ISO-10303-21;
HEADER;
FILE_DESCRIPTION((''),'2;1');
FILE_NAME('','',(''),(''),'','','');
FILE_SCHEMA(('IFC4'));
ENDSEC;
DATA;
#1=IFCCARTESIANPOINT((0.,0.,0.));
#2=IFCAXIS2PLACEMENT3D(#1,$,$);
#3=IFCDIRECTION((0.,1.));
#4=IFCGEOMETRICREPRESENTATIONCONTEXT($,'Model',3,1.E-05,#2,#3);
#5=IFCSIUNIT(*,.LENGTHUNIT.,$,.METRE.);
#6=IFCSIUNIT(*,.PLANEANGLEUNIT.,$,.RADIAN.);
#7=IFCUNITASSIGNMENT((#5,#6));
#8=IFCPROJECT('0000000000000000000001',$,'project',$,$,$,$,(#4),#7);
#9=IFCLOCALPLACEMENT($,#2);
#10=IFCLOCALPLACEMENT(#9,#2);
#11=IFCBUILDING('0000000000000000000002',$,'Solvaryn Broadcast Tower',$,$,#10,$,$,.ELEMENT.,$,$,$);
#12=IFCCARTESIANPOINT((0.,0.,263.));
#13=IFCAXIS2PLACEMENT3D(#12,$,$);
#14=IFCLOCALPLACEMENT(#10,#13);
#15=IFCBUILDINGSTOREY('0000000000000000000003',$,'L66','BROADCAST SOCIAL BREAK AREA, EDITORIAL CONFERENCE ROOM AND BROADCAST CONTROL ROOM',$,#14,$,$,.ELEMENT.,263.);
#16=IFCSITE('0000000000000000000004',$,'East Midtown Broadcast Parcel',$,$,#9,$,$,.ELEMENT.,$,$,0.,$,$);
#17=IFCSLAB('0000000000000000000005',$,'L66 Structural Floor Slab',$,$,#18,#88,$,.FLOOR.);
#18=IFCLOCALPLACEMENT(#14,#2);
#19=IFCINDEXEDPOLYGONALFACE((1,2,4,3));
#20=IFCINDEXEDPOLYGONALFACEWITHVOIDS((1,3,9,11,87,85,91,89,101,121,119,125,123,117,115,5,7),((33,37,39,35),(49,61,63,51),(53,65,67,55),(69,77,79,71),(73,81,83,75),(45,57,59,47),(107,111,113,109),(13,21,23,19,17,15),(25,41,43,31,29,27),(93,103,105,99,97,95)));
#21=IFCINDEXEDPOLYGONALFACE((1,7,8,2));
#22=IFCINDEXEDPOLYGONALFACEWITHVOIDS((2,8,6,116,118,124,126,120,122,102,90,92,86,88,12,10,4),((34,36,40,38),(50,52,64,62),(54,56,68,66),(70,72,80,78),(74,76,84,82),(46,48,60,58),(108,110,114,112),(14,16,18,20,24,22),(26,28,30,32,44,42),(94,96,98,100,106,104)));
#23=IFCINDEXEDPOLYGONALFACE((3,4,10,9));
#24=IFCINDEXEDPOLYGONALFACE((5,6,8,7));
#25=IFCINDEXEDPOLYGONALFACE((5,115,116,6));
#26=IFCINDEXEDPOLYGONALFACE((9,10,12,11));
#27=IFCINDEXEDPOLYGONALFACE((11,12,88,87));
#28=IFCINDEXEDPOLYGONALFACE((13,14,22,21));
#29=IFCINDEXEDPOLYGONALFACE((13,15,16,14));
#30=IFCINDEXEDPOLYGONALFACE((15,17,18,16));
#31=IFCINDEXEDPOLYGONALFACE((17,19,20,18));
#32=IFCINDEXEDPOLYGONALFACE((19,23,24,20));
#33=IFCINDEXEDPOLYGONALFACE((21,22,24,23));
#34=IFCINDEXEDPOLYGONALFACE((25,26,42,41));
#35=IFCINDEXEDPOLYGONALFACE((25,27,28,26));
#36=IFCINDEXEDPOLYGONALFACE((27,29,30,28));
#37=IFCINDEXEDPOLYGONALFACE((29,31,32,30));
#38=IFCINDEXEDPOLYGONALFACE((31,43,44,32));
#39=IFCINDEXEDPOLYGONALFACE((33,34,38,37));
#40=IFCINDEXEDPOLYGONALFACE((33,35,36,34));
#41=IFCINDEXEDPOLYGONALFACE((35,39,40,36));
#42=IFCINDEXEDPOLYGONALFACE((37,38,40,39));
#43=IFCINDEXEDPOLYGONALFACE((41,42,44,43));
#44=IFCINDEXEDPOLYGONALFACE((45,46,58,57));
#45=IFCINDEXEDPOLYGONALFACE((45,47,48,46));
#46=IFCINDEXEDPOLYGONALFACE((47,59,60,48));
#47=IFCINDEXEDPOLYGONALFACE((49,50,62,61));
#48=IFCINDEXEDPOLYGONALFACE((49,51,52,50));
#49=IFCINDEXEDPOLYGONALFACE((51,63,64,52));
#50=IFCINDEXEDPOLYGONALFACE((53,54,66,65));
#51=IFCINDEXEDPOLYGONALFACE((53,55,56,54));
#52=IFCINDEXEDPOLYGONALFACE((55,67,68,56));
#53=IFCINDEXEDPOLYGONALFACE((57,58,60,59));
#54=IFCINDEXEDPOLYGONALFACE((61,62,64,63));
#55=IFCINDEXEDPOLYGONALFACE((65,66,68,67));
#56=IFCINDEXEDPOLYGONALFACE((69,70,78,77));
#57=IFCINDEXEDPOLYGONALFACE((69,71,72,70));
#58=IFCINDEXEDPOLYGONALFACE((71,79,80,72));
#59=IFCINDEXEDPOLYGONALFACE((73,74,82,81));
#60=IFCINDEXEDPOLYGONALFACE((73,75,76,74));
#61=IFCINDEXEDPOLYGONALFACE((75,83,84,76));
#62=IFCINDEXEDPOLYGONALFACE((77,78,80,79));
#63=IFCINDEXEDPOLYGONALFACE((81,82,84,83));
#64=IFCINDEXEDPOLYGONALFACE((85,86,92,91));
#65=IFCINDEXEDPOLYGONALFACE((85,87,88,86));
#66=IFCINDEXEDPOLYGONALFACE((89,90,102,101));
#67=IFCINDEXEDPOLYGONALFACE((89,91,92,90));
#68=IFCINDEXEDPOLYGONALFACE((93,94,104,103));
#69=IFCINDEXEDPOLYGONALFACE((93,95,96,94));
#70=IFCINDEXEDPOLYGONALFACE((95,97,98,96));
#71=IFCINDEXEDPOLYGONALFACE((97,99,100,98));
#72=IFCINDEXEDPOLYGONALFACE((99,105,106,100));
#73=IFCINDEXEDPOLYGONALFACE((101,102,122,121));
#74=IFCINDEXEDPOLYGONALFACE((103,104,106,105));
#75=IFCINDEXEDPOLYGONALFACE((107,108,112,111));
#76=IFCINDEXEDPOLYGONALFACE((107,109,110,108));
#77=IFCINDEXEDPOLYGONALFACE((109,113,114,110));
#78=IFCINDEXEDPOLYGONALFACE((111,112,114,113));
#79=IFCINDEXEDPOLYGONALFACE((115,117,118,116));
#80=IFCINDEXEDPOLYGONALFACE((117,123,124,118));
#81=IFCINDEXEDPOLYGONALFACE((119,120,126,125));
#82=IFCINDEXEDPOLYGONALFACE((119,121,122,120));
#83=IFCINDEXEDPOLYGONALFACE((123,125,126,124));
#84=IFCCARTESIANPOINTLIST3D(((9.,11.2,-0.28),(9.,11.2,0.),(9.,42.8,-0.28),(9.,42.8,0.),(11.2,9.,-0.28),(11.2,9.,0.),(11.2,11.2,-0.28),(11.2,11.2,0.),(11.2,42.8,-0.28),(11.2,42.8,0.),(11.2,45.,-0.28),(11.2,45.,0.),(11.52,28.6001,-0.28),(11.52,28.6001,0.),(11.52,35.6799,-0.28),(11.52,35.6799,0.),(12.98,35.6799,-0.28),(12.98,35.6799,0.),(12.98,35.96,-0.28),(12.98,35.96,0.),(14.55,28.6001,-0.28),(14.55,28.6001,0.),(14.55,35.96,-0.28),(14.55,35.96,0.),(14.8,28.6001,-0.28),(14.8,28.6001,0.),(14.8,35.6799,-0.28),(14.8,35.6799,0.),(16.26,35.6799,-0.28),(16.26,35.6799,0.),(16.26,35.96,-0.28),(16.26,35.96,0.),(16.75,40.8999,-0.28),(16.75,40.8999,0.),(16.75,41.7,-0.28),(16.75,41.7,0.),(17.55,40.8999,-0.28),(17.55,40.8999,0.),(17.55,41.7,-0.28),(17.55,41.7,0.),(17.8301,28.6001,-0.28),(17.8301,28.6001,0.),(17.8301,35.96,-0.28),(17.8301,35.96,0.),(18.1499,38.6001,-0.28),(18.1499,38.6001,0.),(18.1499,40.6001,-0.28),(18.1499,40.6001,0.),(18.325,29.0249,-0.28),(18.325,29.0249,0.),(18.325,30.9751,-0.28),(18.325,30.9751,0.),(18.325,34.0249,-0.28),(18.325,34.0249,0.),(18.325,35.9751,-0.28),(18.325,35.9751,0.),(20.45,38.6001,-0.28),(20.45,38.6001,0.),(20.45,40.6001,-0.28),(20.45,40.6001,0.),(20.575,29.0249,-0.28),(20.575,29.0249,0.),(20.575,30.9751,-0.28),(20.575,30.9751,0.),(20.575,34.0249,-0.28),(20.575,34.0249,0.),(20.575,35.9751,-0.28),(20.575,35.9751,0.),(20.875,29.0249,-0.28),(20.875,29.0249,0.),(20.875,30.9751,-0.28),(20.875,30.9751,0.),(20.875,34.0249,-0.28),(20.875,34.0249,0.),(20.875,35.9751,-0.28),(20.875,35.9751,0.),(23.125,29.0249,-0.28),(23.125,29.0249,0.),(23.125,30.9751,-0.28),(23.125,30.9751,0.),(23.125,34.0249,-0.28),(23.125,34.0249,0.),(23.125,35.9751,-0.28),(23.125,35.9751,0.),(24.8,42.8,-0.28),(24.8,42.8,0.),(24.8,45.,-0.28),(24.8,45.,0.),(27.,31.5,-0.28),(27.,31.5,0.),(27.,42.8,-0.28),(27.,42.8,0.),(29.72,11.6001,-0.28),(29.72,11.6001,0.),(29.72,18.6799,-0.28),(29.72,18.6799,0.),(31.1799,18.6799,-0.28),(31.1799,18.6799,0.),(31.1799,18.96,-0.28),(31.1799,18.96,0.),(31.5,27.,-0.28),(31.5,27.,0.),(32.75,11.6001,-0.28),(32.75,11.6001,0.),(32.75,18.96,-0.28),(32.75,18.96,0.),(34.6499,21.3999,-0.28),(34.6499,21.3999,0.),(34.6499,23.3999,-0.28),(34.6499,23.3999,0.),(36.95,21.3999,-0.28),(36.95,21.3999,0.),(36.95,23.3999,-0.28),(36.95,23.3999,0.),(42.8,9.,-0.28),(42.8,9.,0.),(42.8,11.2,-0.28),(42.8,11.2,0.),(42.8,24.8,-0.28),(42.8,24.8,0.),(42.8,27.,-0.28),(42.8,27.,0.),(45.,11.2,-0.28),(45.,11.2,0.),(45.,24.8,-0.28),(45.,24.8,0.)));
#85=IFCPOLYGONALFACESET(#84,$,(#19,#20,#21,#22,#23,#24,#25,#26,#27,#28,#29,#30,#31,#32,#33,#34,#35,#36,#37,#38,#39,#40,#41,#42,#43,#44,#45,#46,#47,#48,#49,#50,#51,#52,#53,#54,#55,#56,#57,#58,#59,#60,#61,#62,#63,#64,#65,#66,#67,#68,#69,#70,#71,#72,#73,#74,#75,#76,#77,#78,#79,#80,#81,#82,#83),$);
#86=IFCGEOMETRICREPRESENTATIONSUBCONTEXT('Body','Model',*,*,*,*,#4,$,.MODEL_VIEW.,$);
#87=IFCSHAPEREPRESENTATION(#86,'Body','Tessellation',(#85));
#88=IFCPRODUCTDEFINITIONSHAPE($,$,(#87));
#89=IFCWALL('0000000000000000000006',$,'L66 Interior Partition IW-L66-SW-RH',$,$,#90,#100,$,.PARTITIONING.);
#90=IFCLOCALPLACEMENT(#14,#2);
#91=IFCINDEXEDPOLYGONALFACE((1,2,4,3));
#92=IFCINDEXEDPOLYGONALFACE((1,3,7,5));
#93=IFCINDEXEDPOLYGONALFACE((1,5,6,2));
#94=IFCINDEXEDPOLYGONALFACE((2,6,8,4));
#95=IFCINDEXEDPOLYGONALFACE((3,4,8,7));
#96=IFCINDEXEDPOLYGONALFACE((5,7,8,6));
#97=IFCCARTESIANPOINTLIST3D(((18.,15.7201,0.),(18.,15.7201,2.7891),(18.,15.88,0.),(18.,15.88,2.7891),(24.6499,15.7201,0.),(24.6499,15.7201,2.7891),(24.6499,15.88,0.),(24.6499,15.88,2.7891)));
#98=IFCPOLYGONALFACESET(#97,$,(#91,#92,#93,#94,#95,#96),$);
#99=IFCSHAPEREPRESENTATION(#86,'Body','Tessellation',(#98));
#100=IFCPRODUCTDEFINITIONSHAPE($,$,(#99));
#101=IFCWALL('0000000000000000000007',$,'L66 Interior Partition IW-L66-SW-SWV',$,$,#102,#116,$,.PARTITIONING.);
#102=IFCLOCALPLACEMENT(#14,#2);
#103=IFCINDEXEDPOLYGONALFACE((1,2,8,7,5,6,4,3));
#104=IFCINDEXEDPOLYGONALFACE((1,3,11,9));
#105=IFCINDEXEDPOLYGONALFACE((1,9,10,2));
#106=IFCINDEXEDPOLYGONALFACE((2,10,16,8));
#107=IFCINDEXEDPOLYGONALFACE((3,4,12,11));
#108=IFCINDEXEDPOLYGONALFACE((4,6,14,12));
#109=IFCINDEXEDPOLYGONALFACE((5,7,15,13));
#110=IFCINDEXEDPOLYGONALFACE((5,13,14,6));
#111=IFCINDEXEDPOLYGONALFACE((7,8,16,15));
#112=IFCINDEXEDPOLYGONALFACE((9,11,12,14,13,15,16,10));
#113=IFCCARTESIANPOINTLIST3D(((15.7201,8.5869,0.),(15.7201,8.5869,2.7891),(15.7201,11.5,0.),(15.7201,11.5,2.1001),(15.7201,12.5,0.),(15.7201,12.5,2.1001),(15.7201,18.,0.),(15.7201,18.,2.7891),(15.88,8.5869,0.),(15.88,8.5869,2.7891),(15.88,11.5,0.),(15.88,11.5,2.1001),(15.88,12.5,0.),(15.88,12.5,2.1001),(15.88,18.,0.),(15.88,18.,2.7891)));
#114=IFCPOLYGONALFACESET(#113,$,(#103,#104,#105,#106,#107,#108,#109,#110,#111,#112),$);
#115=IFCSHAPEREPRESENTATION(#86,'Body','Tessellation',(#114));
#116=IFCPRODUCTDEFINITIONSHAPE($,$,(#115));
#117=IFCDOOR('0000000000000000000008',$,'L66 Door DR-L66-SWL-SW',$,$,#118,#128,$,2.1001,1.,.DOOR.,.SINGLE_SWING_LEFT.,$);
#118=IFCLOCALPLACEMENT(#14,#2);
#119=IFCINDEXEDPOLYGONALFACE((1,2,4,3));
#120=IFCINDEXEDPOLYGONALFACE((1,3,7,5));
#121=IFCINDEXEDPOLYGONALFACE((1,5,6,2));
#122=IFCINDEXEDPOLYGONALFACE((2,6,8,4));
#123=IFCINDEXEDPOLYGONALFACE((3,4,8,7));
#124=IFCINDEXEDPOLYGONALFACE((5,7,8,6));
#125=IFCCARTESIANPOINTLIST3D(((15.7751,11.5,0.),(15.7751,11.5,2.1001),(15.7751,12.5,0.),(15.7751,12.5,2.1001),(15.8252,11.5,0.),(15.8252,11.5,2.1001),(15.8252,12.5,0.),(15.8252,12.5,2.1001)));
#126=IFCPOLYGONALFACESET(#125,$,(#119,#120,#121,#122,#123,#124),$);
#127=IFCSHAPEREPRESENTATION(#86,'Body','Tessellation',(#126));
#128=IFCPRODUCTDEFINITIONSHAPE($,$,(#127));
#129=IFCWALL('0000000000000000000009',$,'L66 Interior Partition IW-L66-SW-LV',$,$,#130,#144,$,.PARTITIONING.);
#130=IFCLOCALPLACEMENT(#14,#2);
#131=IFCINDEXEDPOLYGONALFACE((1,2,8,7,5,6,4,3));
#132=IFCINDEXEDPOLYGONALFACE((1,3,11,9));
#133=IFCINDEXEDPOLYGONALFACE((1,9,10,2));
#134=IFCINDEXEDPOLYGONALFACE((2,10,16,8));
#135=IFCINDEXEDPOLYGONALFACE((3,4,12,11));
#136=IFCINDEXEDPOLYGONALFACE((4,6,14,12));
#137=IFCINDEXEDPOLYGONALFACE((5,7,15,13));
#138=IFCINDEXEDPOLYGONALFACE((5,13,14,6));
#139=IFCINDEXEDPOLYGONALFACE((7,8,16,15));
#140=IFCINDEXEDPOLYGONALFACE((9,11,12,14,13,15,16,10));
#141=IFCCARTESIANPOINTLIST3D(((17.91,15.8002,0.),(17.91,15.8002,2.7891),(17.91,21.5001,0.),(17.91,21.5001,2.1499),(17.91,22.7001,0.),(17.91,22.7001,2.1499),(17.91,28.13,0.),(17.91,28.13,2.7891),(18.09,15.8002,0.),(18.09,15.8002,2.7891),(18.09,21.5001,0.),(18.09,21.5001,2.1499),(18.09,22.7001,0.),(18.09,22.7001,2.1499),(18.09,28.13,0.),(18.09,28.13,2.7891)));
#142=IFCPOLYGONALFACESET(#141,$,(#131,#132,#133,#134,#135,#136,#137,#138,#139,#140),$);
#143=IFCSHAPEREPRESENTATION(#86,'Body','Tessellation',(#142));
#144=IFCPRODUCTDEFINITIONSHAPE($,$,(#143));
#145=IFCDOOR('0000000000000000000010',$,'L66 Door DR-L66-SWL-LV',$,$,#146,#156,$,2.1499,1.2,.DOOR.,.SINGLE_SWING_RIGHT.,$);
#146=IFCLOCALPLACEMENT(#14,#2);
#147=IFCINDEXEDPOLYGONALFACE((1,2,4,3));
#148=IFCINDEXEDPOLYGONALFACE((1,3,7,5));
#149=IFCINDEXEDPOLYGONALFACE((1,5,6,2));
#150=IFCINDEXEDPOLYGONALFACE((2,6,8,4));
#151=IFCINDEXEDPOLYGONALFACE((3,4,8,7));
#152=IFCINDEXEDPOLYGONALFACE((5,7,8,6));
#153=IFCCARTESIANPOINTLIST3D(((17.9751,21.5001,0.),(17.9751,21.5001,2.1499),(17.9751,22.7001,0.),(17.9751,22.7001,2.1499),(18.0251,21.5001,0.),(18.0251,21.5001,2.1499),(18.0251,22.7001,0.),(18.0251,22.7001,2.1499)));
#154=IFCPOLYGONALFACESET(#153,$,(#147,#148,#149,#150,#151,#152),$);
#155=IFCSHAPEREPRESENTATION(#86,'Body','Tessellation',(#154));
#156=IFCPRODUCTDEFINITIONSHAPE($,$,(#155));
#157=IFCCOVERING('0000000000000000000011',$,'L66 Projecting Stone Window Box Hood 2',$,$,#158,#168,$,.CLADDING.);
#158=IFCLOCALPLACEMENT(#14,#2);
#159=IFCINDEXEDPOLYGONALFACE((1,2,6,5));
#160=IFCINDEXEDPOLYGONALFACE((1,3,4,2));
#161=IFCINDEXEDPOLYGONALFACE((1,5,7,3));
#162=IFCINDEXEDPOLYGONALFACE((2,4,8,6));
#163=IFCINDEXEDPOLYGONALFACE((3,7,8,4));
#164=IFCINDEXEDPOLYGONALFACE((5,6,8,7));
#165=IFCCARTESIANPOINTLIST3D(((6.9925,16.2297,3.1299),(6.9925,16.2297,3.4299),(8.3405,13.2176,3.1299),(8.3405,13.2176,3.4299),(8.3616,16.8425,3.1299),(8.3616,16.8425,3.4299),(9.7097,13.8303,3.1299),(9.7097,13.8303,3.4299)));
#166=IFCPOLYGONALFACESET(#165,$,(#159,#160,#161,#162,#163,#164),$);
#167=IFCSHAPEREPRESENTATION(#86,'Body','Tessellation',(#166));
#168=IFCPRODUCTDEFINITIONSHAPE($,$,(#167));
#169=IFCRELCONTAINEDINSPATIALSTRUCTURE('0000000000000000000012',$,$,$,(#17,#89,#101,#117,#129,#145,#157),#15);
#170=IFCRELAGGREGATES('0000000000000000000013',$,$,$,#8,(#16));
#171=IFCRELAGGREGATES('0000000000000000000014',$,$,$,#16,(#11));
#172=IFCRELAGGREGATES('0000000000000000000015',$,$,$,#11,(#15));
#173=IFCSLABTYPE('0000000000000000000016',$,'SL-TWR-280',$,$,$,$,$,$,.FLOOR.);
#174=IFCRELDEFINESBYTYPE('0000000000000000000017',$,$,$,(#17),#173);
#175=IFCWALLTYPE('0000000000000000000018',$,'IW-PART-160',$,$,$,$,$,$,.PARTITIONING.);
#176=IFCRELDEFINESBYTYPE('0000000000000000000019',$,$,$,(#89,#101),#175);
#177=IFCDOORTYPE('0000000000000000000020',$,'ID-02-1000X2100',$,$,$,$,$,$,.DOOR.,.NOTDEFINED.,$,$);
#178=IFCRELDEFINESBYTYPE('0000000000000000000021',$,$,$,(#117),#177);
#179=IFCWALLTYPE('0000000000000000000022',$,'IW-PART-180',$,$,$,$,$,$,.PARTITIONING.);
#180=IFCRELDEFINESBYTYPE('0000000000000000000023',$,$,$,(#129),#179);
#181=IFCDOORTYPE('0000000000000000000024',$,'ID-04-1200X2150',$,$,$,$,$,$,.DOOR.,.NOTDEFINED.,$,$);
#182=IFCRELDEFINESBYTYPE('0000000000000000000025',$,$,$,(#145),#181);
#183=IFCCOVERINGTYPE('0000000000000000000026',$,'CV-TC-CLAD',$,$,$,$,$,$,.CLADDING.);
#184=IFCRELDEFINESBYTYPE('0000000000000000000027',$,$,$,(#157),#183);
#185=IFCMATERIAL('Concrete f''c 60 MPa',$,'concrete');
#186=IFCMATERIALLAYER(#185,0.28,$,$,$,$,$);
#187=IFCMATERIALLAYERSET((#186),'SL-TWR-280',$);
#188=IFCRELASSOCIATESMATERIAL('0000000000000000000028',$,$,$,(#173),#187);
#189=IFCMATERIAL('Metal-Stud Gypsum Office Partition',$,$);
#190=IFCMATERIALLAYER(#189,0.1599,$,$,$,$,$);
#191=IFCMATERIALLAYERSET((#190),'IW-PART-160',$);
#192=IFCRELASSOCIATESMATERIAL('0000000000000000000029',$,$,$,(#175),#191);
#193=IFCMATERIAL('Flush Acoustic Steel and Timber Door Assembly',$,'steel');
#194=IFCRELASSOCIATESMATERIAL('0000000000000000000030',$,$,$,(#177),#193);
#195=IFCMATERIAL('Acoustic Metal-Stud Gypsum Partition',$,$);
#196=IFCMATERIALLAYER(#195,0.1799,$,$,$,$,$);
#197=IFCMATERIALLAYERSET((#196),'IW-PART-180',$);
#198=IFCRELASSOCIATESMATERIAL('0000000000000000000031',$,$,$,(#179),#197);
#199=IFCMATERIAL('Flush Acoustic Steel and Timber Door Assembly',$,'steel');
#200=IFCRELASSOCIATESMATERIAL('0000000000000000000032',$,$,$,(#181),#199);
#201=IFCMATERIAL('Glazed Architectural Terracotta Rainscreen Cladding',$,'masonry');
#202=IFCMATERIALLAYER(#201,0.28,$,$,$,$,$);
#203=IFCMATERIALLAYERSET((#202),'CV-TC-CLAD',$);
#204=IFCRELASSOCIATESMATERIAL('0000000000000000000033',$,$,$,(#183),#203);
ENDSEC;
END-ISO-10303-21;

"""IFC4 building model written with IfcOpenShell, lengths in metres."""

from ifc_helpers import new_model, si_unit, direction, frame, frame_2d, origin, origin_2d, place, context, subcontext, project, spatial, polyline, rectangle, outline, extrude, material, layer, layer_set, type_object, element, fill, save


model = new_model("IFC4")

# Units and contexts
model_context = context("Model", 3, precision=1e-05, world=origin(), true_north=direction((0.0, 1.0)))
body_context = subcontext(model_context, "Body", "Model", "MODEL_VIEW")
ifc_project = project(units=[si_unit("LENGTHUNIT", "METRE"), si_unit("PLANEANGLEUNIT", "RADIAN")], contexts=[model_context])

# Site, building, storey
site_placement = place(None, origin())
site = spatial("IfcSite", under=ifc_project, at=site_placement, Name="East Midtown Broadcast Parcel", CompositionType="ELEMENT", RefElevation=0.0)
building_placement = place(site_placement, origin())
building = spatial("IfcBuilding", under=site, at=building_placement, Name="Solvaryn Broadcast Tower", CompositionType="ELEMENT")
storey_placement = place(building_placement, frame((0.0, 0.0, 263.0)))
storey = spatial("IfcBuildingStorey", under=building, at=storey_placement, Name="L66", Description="BROADCAST SOCIAL BREAK AREA, EDITORIAL CONFERENCE ROOM AND BROADCAST CONTROL ROOM", CompositionType="ELEMENT", Elevation=263.0)

# Slab
ifc_material_1 = material(Name="Concrete f'c 60 MPa", Category="concrete")
ifc_layer_1 = layer(ifc_material_1, 0.28)
ifc_layer_set_1 = layer_set([ifc_layer_1], Name="SL-TWR-280")
slab_type_1 = type_object("IfcSlabType", Name="SL-TWR-280", PredefinedType="FLOOR", material=ifc_layer_set_1)
slab_1_placement = place(storey_placement, frame((0.0, 0.0, -0.28)))
element("IfcSlab", 1, at=slab_1_placement, inside=storey, type_object=slab_type_1, Name="L66 Structural Floor Slab", PredefinedType="FLOOR", context=body_context, shape_type="SweptSolid", body=[
    extrude(outline(polyline([(11.2, 9.0), (42.8, 9.0), (42.8, 11.2), (45.0, 11.2), (45.0, 24.8), (42.8, 24.8), (42.8, 27.0), (31.5, 27.0), (27.0, 31.5), (27.0, 42.8), (24.8, 42.8), (24.8, 45.0), (11.2, 45.0), (11.2, 42.8), (9.0, 42.8), (9.0, 11.2), (11.2, 11.2), (11.2, 9.0)]), holes=[polyline([(11.52, 28.6001), (14.55, 28.6001), (14.55, 35.96), (12.98, 35.96), (12.98, 35.6799), (11.52, 35.6799), (11.52, 28.6001)]), polyline([(14.8, 28.6001), (17.8301, 28.6001), (17.8301, 35.96), (16.26, 35.96), (16.26, 35.6799), (14.8, 35.6799), (14.8, 28.6001)]), polyline([(29.72, 11.6001), (32.75, 11.6001), (32.75, 18.96), (31.1799, 18.96), (31.1799, 18.6799), (29.72, 18.6799), (29.72, 11.6001)]), polyline([(18.1499, 38.6001), (20.45, 38.6001), (20.45, 40.6001), (18.1499, 40.6001), (18.1499, 38.6001)]), polyline([(18.325, 29.0249), (20.575, 29.0249), (20.575, 30.9751), (18.325, 30.9751), (18.325, 29.0249)]), polyline([(20.875, 29.0249), (23.125, 29.0249), (23.125, 30.9751), (20.875, 30.9751), (20.875, 29.0249)]), polyline([(18.325, 34.0249), (20.575, 34.0249), (20.575, 35.9751), (18.325, 35.9751), (18.325, 34.0249)]), polyline([(20.875, 34.0249), (23.125, 34.0249), (23.125, 35.9751), (20.875, 35.9751), (20.875, 34.0249)]), polyline([(34.6499, 21.3999), (36.95, 21.3999), (36.95, 23.3999), (34.6499, 23.3999), (34.6499, 21.3999)]), polyline([(16.75, 40.8999), (17.55, 40.8999), (17.55, 41.7), (16.75, 41.7), (16.75, 40.8999)])]), origin(), (0.0, 0.0, 1.0), 0.28),
])

# Wall
ifc_material_2 = material(Name="Metal-Stud Gypsum Office Partition")
ifc_layer_2 = layer(ifc_material_2, 0.1599)
ifc_layer_set_2 = layer_set([ifc_layer_2], Name="IW-PART-160")
wall_type_1 = type_object("IfcWallType", Name="IW-PART-160", PredefinedType="PARTITIONING", material=ifc_layer_set_2)
wall_1_placement = place(storey_placement, frame((18.0, 15.8, 0.0), z_axis=(0.0, 0.0, 1.0), x_axis=(1.0, 0.0, 0.0)))
element("IfcWall", 2, at=wall_1_placement, inside=storey, type_object=wall_type_1, Name="L66 Interior Partition IW-L66-SW-RH", PredefinedType="PARTITIONING", context=body_context, shape_type="SweptSolid", body=[
    extrude(rectangle(XDim=6.6499, YDim=0.1599, at=frame_2d((3.325, 0.0))), origin(), (0.0, 0.0, 1.0), 2.7891),
])

# Walls, openings, doors
wall_2_placement = place(storey_placement, frame((15.8, 8.5869, 0.0), z_axis=(0.0, 0.0, 1.0), x_axis=(0.0, 1.0, 0.0)))
wall_2 = element("IfcWall", 3, at=wall_2_placement, inside=storey, type_object=wall_type_1, Name="L66 Interior Partition IW-L66-SW-SWV", PredefinedType="PARTITIONING", context=body_context, shape_type="SweptSolid", body=[
    extrude(rectangle(XDim=9.4131, YDim=0.1599, at=frame_2d((4.7065, 0.0))), origin(), (0.0, 0.0, 1.0), 2.7891),
])
opening_1_placement = place(wall_2_placement, frame((2.9131, 0.0, 0.0)))
opening_1 = element("IfcOpeningElement", 4, at=opening_1_placement, cuts=wall_2, PredefinedType="OPENING", context=body_context, shape_type="SweptSolid", body=[
    extrude(rectangle(XDim=1.0, YDim=2.1001, at=frame_2d((0.5, 1.05))), frame((0.0, 0.0901, 0.0), z_axis=(0.0, -1.0, 0.0), x_axis=(1.0, 0.0, 0.0)), (0.0, 0.0, 1.0), 0.1799),
])
ifc_material_3 = material(Name="Flush Acoustic Steel and Timber Door Assembly", Category="steel")
door_type_1 = type_object("IfcDoorType", Name="ID-02-1000X2100", OperationType="NOTDEFINED", PredefinedType="DOOR", material=ifc_material_3)
door_1_placement = place(opening_1_placement, origin())
door_1 = element("IfcDoor", 5, at=door_1_placement, inside=storey, type_object=door_type_1, Name="L66 Door DR-L66-SWL-SW", OperationType="SINGLE_SWING_LEFT", OverallHeight=2.1001, OverallWidth=1.0, PredefinedType="DOOR", context=body_context, shape_type="SweptSolid", body=[
    extrude(rectangle(XDim=1.0, YDim=2.1001, at=frame_2d((0.5, 1.05))), frame((0.0, 0.0249, 0.0), z_axis=(0.0, -1.0, 0.0), x_axis=(1.0, 0.0, 0.0)), (0.0, 0.0, 1.0), 0.05),
])
fill(opening_1, door_1)
ifc_material_4 = material(Name="Acoustic Metal-Stud Gypsum Partition")
ifc_layer_3 = layer(ifc_material_4, 0.1799)
ifc_layer_set_3 = layer_set([ifc_layer_3], Name="IW-PART-180")
wall_type_2 = type_object("IfcWallType", Name="IW-PART-180", PredefinedType="PARTITIONING", material=ifc_layer_set_3)
wall_3_placement = place(storey_placement, frame((18.0, 15.8, 0.0), z_axis=(0.0, 0.0, 1.0), x_axis=(0.0, 1.0, 0.0)))
wall_3 = element("IfcWall", 6, at=wall_3_placement, inside=storey, type_object=wall_type_2, Name="L66 Interior Partition IW-L66-SW-LV", PredefinedType="PARTITIONING", context=body_context, shape_type="SweptSolid", body=[
    extrude(rectangle(XDim=12.3298, YDim=0.1799, at=frame_2d((6.165, 0.0))), origin(), (0.0, 0.0, 1.0), 2.7891),
])
opening_2_placement = place(wall_3_placement, frame((5.7, 0.0, 0.0)))
opening_2 = element("IfcOpeningElement", 7, at=opening_2_placement, cuts=wall_3, PredefinedType="OPENING", context=body_context, shape_type="SweptSolid", body=[
    extrude(rectangle(XDim=1.2, YDim=2.1499, at=frame_2d((0.6001, 1.075))), frame((0.0, 0.0999, 0.0), z_axis=(0.0, -1.0, 0.0), x_axis=(1.0, 0.0, 0.0)), (0.0, 0.0, 1.0), 0.2),
])
ifc_material_5 = material(Name="Flush Acoustic Steel and Timber Door Assembly", Category="steel")
door_type_2 = type_object("IfcDoorType", Name="ID-04-1200X2150", OperationType="NOTDEFINED", PredefinedType="DOOR", material=ifc_material_5)
door_2_placement = place(opening_2_placement, origin())
door_2 = element("IfcDoor", 8, at=door_2_placement, inside=storey, type_object=door_type_2, Name="L66 Door DR-L66-SWL-LV", OperationType="SINGLE_SWING_RIGHT", OverallHeight=2.1499, OverallWidth=1.2, PredefinedType="DOOR", context=body_context, shape_type="SweptSolid", body=[
    extrude(rectangle(XDim=1.2, YDim=2.1499, at=frame_2d((0.6001, 1.075))), frame((0.0, 0.0249, 0.0), z_axis=(0.0, -1.0, 0.0), x_axis=(1.0, 0.0, 0.0)), (0.0, 0.0, 1.0), 0.05),
])
fill(opening_2, door_2)

# Covering
ifc_material_6 = material(Name="Glazed Architectural Terracotta Rainscreen Cladding", Category="masonry")
ifc_layer_4 = layer(ifc_material_6, 0.28)
ifc_layer_set_4 = layer_set([ifc_layer_4], Name="CV-TC-CLAD")
covering_type_1 = type_object("IfcCoveringType", Name="CV-TC-CLAD", PredefinedType="CLADDING", material=ifc_layer_set_4)
for number, where, z_axis, x_axis, name in (
    (9, (8.3511, 15.03, 3.1299), (0.0, 0.0, 1.0), (0.40849, -0.912763, 0.0), "L66 Projecting Stone Window Box Hood 2"),
):
    element("IfcCovering", number, at=place(storey_placement, frame(where, z_axis=z_axis, x_axis=x_axis)), inside=storey, type_object=covering_type_1, Name=name, PredefinedType="CLADDING", context=body_context, shape_type="SweptSolid", body=[
        extrude(rectangle(XDim=3.3, YDim=1.5, at=origin_2d()), origin(), (0.0, 0.0, 1.0), 0.3),
    ])

save(model, "model.ifc")
